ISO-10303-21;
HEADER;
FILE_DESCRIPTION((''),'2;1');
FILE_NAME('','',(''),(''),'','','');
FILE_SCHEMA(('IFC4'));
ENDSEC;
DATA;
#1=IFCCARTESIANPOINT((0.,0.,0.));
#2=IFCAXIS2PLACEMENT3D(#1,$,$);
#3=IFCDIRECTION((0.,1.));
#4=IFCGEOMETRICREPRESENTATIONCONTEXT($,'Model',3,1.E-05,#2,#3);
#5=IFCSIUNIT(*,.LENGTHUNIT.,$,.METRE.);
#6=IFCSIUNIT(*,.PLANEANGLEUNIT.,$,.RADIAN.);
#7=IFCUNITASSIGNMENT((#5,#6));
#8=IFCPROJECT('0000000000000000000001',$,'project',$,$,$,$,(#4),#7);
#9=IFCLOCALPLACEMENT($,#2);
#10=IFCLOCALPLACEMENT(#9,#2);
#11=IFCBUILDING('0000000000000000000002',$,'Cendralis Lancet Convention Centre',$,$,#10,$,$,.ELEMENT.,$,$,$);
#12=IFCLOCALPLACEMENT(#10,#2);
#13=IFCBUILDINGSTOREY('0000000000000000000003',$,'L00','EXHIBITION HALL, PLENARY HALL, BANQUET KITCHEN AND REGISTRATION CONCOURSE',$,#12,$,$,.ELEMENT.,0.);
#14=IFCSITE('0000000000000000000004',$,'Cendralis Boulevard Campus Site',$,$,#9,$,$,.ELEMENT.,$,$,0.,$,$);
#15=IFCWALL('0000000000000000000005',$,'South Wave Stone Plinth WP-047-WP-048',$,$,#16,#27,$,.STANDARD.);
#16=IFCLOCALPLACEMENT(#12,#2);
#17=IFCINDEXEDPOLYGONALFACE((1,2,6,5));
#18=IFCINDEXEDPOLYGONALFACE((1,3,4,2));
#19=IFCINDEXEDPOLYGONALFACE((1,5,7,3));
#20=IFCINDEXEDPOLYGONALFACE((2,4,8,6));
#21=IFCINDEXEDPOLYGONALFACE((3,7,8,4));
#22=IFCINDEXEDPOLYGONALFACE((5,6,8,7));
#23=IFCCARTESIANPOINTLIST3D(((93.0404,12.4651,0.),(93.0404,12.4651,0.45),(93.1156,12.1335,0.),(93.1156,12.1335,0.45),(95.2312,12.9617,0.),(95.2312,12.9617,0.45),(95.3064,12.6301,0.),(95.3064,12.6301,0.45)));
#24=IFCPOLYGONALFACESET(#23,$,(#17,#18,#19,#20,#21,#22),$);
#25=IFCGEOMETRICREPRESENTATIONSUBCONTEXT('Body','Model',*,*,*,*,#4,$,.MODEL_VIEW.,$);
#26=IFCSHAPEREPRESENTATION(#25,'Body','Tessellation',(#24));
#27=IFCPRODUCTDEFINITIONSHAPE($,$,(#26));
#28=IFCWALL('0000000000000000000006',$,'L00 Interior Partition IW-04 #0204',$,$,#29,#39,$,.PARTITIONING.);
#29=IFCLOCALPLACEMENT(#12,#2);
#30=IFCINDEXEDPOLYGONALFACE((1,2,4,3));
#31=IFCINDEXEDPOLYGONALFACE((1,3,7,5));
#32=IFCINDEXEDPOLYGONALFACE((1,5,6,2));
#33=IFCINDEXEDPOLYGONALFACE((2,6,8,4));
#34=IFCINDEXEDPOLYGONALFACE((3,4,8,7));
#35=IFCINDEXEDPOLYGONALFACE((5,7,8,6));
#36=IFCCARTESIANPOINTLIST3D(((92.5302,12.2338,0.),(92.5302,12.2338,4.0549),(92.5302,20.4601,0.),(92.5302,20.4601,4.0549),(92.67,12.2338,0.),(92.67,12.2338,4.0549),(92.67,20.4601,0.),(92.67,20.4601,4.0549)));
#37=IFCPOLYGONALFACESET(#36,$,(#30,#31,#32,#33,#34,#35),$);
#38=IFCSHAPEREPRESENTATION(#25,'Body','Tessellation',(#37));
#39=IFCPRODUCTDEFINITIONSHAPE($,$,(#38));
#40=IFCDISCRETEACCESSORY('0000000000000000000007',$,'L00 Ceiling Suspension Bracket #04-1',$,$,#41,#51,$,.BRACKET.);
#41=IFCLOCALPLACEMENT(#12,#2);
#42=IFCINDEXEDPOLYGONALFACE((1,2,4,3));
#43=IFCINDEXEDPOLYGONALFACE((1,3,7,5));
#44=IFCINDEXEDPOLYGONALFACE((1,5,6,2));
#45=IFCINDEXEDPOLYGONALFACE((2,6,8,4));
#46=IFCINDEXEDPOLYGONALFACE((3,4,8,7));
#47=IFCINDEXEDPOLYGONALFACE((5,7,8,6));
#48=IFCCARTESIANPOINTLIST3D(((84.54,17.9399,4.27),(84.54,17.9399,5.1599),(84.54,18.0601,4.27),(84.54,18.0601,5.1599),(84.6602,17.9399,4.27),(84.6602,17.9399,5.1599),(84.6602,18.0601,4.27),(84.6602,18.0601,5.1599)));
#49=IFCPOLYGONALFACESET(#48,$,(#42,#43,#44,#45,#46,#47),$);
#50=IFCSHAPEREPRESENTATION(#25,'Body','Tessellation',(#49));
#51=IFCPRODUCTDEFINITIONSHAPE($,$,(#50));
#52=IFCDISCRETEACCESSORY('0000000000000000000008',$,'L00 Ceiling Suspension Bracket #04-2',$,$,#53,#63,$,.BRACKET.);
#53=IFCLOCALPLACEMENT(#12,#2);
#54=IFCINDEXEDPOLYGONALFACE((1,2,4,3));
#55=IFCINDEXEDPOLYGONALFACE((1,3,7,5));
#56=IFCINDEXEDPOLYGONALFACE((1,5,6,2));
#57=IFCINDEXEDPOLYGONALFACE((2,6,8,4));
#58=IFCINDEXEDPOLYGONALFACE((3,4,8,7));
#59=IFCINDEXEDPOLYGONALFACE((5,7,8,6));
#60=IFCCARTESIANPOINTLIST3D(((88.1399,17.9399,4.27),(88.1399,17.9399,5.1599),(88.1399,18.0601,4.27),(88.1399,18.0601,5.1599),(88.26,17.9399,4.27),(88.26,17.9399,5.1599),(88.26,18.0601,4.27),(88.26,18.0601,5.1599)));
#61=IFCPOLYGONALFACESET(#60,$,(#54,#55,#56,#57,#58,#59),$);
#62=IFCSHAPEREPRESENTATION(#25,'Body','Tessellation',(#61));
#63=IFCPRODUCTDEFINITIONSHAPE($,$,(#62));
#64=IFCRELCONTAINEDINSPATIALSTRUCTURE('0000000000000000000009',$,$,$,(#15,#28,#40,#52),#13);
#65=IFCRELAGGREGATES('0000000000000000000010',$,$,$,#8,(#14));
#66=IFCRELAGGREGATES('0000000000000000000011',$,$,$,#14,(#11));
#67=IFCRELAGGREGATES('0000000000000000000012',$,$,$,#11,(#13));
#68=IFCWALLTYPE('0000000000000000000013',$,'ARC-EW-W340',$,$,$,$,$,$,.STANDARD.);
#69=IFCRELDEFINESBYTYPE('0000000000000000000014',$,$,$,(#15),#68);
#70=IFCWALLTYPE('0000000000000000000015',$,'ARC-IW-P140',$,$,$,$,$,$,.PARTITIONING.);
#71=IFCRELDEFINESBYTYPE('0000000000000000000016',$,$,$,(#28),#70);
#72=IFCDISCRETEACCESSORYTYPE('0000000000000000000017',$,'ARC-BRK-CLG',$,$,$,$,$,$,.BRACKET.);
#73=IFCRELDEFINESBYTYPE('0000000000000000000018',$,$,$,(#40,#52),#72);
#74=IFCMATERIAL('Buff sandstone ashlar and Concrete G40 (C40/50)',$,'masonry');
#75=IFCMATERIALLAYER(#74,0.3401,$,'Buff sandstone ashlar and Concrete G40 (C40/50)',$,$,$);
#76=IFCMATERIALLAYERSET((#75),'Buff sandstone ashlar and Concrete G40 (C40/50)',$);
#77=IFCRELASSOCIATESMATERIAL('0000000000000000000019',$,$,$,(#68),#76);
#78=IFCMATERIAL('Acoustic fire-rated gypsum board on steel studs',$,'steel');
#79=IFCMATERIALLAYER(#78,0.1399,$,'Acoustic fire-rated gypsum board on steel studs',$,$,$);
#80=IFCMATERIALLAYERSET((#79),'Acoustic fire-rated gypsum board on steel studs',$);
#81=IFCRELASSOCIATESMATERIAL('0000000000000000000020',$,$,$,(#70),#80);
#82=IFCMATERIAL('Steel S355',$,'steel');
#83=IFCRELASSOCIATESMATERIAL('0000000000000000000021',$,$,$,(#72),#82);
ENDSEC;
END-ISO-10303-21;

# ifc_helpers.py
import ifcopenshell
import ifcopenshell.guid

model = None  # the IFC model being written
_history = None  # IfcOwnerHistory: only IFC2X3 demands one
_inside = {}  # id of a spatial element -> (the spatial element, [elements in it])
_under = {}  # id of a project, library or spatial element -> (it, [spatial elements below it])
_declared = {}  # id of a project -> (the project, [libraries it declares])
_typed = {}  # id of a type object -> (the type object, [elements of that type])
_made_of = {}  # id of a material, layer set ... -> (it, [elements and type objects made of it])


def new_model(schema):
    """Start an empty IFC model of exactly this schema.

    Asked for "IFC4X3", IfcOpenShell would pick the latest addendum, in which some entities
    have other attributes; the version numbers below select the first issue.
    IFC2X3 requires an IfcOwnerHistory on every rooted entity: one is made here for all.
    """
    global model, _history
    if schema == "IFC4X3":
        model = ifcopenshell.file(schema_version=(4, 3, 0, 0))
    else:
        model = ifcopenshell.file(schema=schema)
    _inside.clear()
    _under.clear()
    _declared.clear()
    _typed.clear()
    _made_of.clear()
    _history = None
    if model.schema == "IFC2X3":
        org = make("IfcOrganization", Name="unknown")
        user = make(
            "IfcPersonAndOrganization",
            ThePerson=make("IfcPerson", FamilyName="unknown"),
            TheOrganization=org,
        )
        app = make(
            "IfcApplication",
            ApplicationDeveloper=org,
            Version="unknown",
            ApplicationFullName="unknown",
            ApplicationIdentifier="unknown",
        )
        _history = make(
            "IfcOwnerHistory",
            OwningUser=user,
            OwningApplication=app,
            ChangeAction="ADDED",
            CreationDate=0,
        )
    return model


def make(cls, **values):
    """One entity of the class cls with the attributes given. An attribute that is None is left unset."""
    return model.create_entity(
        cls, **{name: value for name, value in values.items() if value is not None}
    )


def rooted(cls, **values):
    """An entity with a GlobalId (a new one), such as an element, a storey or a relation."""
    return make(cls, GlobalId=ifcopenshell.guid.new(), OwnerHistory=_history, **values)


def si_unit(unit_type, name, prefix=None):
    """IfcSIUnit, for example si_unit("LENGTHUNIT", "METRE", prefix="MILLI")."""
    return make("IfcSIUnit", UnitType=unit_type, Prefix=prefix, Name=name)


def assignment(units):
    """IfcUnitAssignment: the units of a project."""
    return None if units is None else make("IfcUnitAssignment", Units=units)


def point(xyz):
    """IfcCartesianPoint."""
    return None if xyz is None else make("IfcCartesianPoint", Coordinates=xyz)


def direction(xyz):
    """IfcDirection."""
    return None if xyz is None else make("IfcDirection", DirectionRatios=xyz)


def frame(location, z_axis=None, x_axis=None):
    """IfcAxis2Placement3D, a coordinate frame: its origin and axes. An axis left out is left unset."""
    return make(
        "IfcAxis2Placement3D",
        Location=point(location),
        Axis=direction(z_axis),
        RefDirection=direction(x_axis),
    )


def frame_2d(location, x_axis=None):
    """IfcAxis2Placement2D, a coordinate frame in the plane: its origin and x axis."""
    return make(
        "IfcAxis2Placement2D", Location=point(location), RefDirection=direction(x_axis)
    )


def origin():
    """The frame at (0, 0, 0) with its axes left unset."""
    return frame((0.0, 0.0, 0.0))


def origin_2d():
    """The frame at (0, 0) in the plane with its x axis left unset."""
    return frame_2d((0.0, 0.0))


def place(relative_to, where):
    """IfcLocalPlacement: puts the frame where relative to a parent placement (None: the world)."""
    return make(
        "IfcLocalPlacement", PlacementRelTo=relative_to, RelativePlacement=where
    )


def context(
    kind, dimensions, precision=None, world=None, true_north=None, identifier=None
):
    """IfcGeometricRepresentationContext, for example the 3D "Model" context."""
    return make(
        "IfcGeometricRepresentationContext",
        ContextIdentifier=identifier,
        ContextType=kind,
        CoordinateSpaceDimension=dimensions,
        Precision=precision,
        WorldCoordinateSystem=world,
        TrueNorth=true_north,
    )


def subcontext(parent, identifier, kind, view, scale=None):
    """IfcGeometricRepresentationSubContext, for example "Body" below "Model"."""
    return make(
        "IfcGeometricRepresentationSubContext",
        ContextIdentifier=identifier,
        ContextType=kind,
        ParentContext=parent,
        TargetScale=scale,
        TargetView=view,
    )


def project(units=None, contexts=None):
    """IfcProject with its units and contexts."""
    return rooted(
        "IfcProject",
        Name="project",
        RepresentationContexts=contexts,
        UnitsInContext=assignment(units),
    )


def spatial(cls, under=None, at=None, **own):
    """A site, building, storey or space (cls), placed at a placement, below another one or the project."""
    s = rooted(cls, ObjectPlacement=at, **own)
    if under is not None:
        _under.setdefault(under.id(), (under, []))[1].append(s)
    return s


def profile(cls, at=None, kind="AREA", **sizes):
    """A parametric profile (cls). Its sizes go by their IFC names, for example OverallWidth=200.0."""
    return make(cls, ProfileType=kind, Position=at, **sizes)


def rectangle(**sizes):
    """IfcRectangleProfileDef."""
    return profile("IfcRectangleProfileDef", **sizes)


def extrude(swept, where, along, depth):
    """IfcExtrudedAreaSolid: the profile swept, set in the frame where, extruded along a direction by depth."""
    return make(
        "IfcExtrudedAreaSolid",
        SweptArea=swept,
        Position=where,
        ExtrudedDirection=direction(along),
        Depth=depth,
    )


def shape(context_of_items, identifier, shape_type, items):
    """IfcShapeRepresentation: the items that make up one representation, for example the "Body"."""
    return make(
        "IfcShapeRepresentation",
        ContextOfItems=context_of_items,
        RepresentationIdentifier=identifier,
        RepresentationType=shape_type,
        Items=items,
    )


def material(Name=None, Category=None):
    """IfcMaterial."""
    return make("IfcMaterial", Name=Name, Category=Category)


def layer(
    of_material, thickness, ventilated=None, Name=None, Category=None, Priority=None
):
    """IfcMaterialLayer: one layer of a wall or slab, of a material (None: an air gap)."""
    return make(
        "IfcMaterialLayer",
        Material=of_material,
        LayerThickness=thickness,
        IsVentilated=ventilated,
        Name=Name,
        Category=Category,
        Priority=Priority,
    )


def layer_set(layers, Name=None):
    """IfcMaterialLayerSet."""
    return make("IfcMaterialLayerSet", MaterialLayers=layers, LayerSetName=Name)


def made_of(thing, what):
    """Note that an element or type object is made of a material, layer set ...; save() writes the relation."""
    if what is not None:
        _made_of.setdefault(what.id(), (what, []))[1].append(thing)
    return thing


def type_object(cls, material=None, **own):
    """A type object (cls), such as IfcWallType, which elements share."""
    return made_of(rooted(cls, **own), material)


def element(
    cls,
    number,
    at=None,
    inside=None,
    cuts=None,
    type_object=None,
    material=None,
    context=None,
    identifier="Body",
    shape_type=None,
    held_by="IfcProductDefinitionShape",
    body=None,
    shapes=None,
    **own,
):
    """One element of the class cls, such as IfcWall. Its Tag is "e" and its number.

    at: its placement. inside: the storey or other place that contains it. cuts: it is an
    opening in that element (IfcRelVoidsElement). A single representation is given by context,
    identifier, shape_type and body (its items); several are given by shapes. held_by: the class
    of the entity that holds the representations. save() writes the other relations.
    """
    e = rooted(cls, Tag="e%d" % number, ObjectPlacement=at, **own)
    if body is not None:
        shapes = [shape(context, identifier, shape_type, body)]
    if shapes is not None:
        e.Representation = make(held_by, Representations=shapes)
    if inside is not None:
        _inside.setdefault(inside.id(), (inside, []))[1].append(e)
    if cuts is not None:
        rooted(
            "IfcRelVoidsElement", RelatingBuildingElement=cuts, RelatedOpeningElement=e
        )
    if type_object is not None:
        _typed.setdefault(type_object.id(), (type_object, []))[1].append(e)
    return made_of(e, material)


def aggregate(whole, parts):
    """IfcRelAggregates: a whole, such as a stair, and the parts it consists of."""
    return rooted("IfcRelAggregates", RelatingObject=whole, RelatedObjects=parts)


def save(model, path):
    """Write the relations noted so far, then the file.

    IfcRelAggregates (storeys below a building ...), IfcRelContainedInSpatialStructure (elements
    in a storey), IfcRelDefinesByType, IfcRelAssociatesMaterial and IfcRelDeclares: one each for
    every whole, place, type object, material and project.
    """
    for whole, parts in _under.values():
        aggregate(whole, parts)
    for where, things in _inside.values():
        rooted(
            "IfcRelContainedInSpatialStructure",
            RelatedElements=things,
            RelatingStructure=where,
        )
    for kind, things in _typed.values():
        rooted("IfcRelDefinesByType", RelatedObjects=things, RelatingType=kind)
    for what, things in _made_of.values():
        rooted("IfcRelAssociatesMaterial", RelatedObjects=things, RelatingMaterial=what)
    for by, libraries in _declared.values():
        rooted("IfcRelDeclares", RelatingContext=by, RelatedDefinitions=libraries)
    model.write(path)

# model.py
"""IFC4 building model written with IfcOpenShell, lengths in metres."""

from ifc_helpers import new_model, si_unit, direction, frame, frame_2d, origin, origin_2d, place, context, subcontext, project, spatial, rectangle, extrude, material, layer, layer_set, type_object, element, save


model = new_model("IFC4")

# Units and contexts
model_context = context("Model", 3, precision=1e-05, world=origin(), true_north=direction((0.0, 1.0)))
body_context = subcontext(model_context, "Body", "Model", "MODEL_VIEW")
ifc_project = project(units=[si_unit("LENGTHUNIT", "METRE"), si_unit("PLANEANGLEUNIT", "RADIAN")], contexts=[model_context])

# Site, building, storey
site_placement = place(None, origin())
site = spatial("IfcSite", under=ifc_project, at=site_placement, Name="Cendralis Boulevard Campus Site", CompositionType="ELEMENT", RefElevation=0.0)
building_placement = place(site_placement, origin())
building = spatial("IfcBuilding", under=site, at=building_placement, Name="Cendralis Lancet Convention Centre", CompositionType="ELEMENT")
storey_placement = place(building_placement, origin())
storey = spatial("IfcBuildingStorey", under=building, at=storey_placement, Name="L00", Description="EXHIBITION HALL, PLENARY HALL, BANQUET KITCHEN AND REGISTRATION CONCOURSE", CompositionType="ELEMENT", Elevation=0.0)

# Walls
ifc_material_1 = material(Name="Buff sandstone ashlar and Concrete G40 (C40/50)", Category="masonry")
ifc_layer_1 = layer(ifc_material_1, 0.3401, Name="Buff sandstone ashlar and Concrete G40 (C40/50)")
ifc_layer_set_1 = layer_set([ifc_layer_1], Name="Buff sandstone ashlar and Concrete G40 (C40/50)")
wall_type_1 = type_object("IfcWallType", Name="ARC-EW-W340", PredefinedType="STANDARD", material=ifc_layer_set_1)
wall_1_placement = place(storey_placement, frame((93.0781, 12.2993, 0.0), z_axis=(0.0, 0.0, 1.0), x_axis=(0.975258, 0.221071, 0.0)))
element("IfcWall", 1, at=wall_1_placement, inside=storey, type_object=wall_type_1, Name="South Wave Stone Plinth WP-047-WP-048", PredefinedType="STANDARD", context=body_context, shape_type="SweptSolid", body=[
    extrude(rectangle(XDim=2.2463, YDim=0.3401, at=frame_2d((1.123, 0.0))), origin(), (0.0, 0.0, 1.0), 0.45),
])
ifc_material_2 = material(Name="Acoustic fire-rated gypsum board on steel studs", Category="steel")
ifc_layer_2 = layer(ifc_material_2, 0.1399, Name="Acoustic fire-rated gypsum board on steel studs")
ifc_layer_set_2 = layer_set([ifc_layer_2], Name="Acoustic fire-rated gypsum board on steel studs")
wall_type_2 = type_object("IfcWallType", Name="ARC-IW-P140", PredefinedType="PARTITIONING", material=ifc_layer_set_2)
wall_2_placement = place(storey_placement, frame((92.6001, 12.2336, 0.0), z_axis=(0.0, 0.0, 1.0), x_axis=(0.0, 1.0, 0.0)))
element("IfcWall", 2, at=wall_2_placement, inside=storey, type_object=wall_type_2, Name="L00 Interior Partition IW-04 #0204", PredefinedType="PARTITIONING", context=body_context, shape_type="SweptSolid", body=[
    extrude(rectangle(XDim=8.2263, YDim=0.1399, at=frame_2d((4.1133, 0.0))), origin(), (0.0, 0.0, 1.0), 4.0549),
])

# Discrete accessories
ifc_material_3 = material(Name="Steel S355", Category="steel")
discrete_accessory_type = type_object("IfcDiscreteAccessoryType", Name="ARC-BRK-CLG", PredefinedType="BRACKET", material=ifc_material_3)
for number, where, z_axis, x_axis, name in (
    (3, (84.6001, 18.0, 4.27), (0.0, 0.0, 1.0), (1.0, 0.0, 0.0), "L00 Ceiling Suspension Bracket #04-1"),
    (4, (88.2, 18.0, 4.27), (0.0, 0.0, 1.0), (1.0, 0.0, 0.0), "L00 Ceiling Suspension Bracket #04-2"),
):
    element("IfcDiscreteAccessory", number, at=place(storey_placement, frame(where, z_axis=z_axis, x_axis=x_axis)), inside=storey, type_object=discrete_accessory_type, Name=name, PredefinedType="BRACKET", context=body_context, shape_type="SweptSolid", body=[
        extrude(rectangle(XDim=0.1201, YDim=0.1201, at=origin_2d()), origin(), (0.0, 0.0, 1.0), 0.8899),
    ])

save(model, "model.ifc")
